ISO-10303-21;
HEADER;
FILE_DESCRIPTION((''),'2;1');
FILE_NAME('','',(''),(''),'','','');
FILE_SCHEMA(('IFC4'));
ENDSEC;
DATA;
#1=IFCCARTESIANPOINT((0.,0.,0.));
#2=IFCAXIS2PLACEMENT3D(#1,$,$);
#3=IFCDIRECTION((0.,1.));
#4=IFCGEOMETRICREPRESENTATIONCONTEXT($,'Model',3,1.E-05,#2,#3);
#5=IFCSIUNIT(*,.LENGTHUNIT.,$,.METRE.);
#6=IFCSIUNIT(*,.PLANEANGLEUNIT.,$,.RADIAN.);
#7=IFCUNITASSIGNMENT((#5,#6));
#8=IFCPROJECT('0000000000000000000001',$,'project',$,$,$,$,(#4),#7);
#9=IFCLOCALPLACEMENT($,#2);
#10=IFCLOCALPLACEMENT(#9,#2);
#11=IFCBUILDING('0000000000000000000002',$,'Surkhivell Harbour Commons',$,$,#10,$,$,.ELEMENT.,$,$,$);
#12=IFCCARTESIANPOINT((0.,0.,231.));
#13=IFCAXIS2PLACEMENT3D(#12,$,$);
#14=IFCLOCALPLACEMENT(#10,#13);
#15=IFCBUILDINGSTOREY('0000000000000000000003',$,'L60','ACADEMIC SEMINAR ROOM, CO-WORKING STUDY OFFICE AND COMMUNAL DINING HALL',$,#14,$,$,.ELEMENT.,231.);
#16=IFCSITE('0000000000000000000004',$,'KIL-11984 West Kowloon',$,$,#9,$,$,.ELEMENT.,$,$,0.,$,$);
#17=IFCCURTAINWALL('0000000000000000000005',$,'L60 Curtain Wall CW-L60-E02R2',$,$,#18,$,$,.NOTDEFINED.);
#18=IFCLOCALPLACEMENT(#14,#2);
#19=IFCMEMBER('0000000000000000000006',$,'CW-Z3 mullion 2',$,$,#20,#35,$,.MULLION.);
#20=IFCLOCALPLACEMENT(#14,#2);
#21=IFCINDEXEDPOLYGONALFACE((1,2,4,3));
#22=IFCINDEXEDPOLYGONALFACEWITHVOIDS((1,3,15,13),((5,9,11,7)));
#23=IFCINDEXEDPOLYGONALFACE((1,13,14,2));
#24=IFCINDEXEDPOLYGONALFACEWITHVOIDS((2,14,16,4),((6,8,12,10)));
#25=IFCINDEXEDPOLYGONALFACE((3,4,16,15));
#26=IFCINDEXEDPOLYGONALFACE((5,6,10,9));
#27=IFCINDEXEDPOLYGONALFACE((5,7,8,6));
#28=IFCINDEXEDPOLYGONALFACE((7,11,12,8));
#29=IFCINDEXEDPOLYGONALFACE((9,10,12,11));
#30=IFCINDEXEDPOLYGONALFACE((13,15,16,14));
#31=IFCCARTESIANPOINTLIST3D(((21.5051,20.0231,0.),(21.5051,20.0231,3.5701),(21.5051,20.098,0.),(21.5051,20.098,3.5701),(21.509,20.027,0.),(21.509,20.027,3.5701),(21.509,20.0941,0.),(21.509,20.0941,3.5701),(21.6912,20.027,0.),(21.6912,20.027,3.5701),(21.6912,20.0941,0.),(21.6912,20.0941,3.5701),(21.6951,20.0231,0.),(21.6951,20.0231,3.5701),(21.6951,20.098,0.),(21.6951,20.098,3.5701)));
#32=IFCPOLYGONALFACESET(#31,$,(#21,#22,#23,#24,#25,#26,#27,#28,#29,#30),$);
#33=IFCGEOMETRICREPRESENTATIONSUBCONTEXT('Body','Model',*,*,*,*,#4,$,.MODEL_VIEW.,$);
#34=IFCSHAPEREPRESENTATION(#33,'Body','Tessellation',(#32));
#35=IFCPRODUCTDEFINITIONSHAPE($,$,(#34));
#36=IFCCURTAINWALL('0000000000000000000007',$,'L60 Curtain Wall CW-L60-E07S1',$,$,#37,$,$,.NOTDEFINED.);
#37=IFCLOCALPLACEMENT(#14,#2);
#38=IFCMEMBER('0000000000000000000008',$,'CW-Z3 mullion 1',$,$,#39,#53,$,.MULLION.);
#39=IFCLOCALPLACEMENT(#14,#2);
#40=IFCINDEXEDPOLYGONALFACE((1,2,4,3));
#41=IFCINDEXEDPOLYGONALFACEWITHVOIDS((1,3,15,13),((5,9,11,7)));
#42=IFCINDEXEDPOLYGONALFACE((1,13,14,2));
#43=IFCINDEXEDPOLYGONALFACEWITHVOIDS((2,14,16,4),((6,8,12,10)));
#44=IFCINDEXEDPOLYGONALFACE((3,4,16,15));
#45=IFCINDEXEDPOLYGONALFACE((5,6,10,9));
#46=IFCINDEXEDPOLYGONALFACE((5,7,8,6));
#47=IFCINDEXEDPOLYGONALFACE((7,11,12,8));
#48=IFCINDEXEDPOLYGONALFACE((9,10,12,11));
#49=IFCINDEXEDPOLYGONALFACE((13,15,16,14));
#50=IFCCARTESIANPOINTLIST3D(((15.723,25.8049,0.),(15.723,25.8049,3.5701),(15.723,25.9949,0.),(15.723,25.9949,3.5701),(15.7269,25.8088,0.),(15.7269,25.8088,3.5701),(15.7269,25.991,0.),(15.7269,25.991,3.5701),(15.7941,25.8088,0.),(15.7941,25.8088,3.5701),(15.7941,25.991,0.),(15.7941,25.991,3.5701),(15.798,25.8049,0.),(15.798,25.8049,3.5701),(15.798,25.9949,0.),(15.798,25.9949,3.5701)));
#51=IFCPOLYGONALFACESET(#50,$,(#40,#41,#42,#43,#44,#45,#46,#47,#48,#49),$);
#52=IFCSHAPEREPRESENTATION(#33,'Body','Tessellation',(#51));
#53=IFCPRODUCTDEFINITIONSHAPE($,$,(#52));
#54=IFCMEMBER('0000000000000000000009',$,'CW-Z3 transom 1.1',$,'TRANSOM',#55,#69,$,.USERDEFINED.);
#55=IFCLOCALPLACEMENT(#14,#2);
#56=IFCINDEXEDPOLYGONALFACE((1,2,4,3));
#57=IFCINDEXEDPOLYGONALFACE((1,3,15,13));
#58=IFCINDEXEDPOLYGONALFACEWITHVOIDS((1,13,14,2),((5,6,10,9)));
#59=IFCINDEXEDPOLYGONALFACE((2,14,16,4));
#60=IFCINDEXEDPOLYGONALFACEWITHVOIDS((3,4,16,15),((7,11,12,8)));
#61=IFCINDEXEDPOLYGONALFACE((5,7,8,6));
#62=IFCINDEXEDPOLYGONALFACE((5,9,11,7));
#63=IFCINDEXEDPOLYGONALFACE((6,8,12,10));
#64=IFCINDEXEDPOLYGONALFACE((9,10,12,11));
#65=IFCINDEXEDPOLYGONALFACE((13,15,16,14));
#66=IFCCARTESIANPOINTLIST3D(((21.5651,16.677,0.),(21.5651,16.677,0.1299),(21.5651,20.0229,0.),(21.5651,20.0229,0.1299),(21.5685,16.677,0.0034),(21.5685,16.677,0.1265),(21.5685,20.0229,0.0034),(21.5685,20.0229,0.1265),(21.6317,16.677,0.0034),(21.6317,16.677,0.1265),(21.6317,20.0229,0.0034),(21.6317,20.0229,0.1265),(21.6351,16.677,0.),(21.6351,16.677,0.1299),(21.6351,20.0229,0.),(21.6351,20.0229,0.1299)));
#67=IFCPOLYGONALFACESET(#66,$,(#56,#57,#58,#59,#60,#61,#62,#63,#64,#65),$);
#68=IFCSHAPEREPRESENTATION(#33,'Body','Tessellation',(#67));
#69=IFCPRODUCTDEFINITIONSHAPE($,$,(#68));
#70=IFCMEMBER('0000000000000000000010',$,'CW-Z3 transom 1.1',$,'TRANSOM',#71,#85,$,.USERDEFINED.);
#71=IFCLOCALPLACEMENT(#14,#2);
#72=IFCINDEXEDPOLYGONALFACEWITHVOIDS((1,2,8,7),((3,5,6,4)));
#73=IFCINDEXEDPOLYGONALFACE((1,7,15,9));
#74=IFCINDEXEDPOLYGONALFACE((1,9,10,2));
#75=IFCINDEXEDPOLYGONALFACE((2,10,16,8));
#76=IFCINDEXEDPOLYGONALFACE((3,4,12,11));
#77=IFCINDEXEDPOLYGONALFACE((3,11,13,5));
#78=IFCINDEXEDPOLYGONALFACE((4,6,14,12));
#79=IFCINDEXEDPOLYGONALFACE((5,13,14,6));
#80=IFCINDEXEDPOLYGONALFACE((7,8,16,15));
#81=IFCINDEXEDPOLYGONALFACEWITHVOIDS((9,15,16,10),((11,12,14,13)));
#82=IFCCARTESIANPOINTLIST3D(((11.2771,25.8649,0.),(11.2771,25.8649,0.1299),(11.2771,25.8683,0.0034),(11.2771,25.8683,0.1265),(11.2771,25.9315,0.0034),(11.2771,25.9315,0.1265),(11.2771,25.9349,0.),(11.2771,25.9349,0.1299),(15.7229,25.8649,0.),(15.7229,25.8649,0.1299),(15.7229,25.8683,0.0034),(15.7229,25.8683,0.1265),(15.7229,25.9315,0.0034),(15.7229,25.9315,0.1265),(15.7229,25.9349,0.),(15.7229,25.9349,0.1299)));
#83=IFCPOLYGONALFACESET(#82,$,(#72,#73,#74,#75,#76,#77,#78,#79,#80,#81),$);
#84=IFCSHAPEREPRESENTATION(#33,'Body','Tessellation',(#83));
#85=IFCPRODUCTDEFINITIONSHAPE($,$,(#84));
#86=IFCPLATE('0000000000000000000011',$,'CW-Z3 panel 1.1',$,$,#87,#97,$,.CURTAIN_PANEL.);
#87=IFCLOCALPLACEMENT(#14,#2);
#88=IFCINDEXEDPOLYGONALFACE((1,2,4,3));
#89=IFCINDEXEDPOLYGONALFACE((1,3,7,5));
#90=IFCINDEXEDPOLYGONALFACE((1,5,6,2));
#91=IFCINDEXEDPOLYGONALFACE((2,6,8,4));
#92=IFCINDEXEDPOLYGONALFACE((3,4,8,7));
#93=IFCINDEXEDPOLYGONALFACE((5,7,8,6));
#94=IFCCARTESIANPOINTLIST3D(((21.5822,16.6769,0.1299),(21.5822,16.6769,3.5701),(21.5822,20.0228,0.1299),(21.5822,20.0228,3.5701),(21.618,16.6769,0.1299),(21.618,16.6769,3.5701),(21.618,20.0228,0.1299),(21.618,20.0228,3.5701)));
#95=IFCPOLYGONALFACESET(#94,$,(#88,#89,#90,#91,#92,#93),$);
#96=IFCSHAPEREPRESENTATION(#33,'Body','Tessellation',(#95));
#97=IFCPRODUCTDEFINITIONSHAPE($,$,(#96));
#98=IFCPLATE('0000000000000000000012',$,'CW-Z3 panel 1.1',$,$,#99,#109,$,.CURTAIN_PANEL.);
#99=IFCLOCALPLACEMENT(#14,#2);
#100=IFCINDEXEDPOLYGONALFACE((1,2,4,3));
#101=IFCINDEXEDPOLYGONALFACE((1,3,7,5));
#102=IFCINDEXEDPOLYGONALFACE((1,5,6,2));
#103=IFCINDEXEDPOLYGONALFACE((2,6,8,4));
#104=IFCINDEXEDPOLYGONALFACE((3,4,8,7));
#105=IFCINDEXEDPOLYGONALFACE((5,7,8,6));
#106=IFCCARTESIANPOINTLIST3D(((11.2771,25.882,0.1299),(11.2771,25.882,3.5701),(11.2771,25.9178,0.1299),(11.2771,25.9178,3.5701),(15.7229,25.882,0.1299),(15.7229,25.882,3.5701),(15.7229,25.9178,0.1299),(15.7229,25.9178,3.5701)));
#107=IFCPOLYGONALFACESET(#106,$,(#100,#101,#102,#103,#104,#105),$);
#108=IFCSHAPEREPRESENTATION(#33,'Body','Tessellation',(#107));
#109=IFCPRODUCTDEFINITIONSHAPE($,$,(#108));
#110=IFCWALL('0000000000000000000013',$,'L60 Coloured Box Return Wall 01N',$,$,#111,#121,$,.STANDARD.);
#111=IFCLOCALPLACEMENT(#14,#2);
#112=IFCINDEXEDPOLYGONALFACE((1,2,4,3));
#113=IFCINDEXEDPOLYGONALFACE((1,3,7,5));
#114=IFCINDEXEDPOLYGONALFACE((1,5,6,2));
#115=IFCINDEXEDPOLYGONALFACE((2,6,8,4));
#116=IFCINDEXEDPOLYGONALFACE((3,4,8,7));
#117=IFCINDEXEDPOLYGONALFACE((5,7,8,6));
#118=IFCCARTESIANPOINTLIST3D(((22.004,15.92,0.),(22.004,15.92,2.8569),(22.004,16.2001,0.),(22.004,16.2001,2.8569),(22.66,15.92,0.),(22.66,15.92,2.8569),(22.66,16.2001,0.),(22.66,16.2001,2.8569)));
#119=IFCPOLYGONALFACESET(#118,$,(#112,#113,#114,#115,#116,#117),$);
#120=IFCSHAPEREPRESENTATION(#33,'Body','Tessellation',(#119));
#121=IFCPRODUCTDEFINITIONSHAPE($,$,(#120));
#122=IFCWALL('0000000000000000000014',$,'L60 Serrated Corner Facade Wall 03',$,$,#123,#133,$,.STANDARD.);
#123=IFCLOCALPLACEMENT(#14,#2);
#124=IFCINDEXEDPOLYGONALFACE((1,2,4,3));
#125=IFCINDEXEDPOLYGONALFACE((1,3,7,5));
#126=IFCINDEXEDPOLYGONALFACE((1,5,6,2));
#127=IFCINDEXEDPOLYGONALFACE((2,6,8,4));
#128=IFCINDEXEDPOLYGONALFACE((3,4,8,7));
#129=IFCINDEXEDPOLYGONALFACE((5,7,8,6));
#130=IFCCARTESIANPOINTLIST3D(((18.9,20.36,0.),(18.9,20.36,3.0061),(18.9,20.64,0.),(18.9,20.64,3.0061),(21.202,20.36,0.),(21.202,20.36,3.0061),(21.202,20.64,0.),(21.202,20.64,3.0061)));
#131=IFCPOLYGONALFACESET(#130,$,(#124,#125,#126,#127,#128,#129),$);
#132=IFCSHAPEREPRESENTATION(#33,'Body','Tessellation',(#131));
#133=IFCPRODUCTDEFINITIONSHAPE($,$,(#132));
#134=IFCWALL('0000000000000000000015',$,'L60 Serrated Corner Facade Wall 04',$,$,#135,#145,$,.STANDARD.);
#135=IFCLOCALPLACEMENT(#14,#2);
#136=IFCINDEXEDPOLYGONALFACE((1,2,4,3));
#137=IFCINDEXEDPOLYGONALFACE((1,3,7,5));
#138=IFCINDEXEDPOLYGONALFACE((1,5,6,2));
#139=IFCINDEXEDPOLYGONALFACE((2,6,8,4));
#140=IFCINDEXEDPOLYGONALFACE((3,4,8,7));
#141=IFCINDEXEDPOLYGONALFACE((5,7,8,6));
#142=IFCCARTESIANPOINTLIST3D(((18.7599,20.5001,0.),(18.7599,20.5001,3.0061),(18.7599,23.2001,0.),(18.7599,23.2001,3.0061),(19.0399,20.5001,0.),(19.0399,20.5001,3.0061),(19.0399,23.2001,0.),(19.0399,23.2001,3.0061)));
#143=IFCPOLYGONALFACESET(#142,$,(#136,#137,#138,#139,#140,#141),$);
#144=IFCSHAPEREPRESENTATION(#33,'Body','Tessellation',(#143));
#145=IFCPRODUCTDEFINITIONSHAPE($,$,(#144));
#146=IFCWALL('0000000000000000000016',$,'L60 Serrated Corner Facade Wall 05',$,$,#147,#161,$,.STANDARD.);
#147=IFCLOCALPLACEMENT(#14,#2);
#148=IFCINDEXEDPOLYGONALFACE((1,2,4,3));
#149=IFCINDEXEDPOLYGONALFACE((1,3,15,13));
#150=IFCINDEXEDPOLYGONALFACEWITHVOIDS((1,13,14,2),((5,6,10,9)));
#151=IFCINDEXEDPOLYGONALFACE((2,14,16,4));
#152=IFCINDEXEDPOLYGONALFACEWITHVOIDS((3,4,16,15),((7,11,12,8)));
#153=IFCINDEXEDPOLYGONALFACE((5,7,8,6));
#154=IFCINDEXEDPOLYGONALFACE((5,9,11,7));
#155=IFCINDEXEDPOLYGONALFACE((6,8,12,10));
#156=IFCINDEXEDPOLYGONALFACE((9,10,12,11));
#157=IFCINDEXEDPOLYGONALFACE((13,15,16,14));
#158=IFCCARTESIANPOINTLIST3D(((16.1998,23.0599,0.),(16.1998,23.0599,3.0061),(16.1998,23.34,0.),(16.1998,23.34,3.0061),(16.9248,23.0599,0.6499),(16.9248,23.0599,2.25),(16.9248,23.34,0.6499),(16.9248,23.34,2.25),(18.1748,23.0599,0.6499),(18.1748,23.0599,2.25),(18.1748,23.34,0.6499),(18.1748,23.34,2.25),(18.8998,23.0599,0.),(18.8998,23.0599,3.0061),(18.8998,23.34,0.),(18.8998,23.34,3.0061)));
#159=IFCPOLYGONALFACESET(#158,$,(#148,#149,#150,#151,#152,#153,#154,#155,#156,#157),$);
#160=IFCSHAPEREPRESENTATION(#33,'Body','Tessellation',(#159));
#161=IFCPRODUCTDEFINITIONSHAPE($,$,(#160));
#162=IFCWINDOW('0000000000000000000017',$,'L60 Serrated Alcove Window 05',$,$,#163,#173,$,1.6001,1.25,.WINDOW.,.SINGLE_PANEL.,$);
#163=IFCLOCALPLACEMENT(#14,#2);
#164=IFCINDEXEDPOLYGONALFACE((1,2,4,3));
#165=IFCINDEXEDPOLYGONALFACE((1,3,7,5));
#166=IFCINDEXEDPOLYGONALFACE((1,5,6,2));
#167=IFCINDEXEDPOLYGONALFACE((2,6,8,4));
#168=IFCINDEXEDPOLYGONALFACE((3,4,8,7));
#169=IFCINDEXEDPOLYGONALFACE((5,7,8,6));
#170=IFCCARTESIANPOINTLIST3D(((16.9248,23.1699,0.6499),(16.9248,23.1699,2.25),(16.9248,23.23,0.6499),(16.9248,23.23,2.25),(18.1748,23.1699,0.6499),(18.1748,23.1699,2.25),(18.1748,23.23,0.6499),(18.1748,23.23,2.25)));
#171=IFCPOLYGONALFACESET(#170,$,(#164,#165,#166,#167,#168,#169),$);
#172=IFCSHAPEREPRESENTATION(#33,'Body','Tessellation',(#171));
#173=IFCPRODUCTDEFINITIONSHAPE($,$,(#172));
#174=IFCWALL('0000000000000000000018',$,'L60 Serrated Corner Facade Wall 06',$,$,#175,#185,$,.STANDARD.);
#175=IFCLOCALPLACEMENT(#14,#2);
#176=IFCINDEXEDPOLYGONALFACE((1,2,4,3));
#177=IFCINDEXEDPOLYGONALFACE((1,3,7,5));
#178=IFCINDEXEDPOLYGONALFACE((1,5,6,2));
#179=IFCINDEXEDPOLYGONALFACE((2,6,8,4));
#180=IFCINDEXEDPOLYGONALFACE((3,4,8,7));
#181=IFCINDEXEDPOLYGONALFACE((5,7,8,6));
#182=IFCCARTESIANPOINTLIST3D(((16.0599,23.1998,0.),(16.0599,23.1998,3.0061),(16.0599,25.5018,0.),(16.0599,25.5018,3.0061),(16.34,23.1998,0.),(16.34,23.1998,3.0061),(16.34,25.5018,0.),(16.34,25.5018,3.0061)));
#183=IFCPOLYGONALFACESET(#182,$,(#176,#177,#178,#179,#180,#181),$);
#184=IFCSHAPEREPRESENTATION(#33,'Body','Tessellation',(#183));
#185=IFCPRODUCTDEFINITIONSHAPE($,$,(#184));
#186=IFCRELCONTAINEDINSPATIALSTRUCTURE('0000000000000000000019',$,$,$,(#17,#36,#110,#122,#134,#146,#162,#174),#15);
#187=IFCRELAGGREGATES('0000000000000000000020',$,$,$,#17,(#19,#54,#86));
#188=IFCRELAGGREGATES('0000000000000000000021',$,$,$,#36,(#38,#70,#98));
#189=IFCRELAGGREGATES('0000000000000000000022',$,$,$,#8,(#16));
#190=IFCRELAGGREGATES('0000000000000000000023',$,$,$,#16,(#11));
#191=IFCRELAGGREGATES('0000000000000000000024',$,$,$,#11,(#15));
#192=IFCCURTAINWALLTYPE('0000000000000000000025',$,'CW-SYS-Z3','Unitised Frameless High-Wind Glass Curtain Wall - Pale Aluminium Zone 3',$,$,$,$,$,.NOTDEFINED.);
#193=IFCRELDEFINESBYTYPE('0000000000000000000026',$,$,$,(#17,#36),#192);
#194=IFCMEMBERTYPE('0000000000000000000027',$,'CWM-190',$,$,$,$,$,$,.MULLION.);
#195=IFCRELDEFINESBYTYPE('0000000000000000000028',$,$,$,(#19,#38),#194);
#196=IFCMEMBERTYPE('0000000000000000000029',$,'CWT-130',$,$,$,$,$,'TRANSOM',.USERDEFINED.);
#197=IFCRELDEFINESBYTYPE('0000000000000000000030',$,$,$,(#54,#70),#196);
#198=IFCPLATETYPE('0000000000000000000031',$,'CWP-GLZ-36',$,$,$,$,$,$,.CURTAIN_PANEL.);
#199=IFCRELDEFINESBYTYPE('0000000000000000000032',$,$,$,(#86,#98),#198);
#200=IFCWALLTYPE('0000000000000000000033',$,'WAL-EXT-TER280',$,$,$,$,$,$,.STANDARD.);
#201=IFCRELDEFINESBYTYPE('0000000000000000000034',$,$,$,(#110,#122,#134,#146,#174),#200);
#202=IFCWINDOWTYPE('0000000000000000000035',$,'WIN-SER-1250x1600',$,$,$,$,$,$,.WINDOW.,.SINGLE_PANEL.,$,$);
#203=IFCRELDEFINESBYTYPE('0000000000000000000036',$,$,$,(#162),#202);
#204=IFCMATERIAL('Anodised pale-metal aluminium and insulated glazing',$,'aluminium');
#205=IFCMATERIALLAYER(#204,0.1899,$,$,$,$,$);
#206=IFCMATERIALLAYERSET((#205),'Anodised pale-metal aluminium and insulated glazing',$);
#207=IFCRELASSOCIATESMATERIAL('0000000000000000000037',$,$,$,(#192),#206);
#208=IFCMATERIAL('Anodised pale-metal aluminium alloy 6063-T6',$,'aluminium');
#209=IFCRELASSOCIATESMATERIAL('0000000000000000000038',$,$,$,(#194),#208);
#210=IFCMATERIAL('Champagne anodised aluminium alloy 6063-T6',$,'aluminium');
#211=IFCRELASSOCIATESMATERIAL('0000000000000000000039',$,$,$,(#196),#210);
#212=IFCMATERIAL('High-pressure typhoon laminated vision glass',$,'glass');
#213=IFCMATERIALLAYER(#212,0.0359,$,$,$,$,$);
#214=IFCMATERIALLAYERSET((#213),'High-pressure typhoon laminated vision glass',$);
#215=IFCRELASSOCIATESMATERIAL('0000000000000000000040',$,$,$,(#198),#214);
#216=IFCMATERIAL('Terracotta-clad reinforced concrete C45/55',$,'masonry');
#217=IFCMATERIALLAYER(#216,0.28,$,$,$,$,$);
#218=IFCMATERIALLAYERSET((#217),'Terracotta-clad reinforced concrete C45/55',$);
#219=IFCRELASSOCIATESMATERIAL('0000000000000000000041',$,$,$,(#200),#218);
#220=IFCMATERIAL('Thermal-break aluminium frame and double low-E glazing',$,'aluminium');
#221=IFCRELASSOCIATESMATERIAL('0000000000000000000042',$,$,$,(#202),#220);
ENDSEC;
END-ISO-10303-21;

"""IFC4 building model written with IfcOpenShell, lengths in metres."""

from ifc_helpers import new_model, si_unit, direction, frame, frame_2d, origin, origin_2d, place, context, subcontext, project, spatial, rectangle, hollow_rectangle, extrude, material, layer, layer_set, material_profile, profile_set, type_object, element, fill, aggregate, save


model = new_model("IFC4")

# Units and contexts
model_context = context("Model", 3, precision=1e-05, world=origin(), true_north=direction((0.0, 1.0)))
body_context = subcontext(model_context, "Body", "Model", "MODEL_VIEW")
ifc_project = project(units=[si_unit("LENGTHUNIT", "METRE"), si_unit("PLANEANGLEUNIT", "RADIAN")], contexts=[model_context])

# Site, building, storey
site_placement = place(None, origin())
site = spatial("IfcSite", under=ifc_project, at=site_placement, Name="KIL-11984 West Kowloon", CompositionType="ELEMENT", RefElevation=0.0)
building_placement = place(site_placement, origin())
building = spatial("IfcBuilding", under=site, at=building_placement, Name="Surkhivell Harbour Commons", CompositionType="ELEMENT")
storey_placement = place(building_placement, frame((0.0, 0.0, 231.0)))
storey = spatial("IfcBuildingStorey", under=building, at=storey_placement, Name="L60", Description="ACADEMIC SEMINAR ROOM, CO-WORKING STUDY OFFICE AND COMMUNAL DINING HALL", CompositionType="ELEMENT", Elevation=231.0)

# Curtain wall, member
ifc_material_1 = material(Name="Anodised pale-metal aluminium and insulated glazing", Category="aluminium")
ifc_layer_1 = layer(ifc_material_1, 0.1899)
ifc_layer_set_1 = layer_set([ifc_layer_1], Name="Anodised pale-metal aluminium and insulated glazing")
curtain_wall_type = type_object("IfcCurtainWallType", Name="CW-SYS-Z3", Description="Unitised Frameless High-Wind Glass Curtain Wall - Pale Aluminium Zone 3", PredefinedType="NOTDEFINED", material=ifc_layer_set_1)
curtain_wall_1_placement = place(storey_placement, origin())
curtain_wall_1 = element("IfcCurtainWall", 1, at=curtain_wall_1_placement, inside=storey, type_object=curtain_wall_type, Name="L60 Curtain Wall CW-L60-E02R2", PredefinedType="NOTDEFINED")
ifc_material_2 = material(Name="Anodised pale-metal aluminium alloy 6063-T6", Category="aluminium")
ifc_material_profile_1 = material_profile(ifc_material_2, hollow_rectangle(XDim=0.075, YDim=0.1899, WallThickness=0.0039, at=origin_2d()), Name="ALU-MULL-75x190")
ifc_profile_set_1 = profile_set([ifc_material_profile_1], Name="Anodised pale-metal aluminium alloy 6063-T6")
member_type_1 = type_object("IfcMemberType", Name="CWM-190", PredefinedType="MULLION", material=ifc_profile_set_1)
member_1_placement = place(storey_placement, frame((21.6001, 20.0605, 0.0), z_axis=(0.0, 0.0, 1.0), x_axis=(0.0, 1.0, 0.0)))
member_1 = element("IfcMember", 2, at=member_1_placement, type_object=member_type_1, Name="CW-Z3 mullion 2", PredefinedType="MULLION", context=body_context, shape_type="SweptSolid", body=[
    extrude(hollow_rectangle(XDim=0.075, YDim=0.1899, WallThickness=0.0039, at=origin_2d()), origin(), (0.0, 0.0, 1.0), 3.5701),
])

# Curtain wall, member
curtain_wall_2_placement = place(storey_placement, origin())
curtain_wall_2 = element("IfcCurtainWall", 3, at=curtain_wall_2_placement, inside=storey, type_object=curtain_wall_type, Name="L60 Curtain Wall CW-L60-E07S1", PredefinedType="NOTDEFINED")
member_2_placement = place(storey_placement, frame((15.7605, 25.8999, 0.0), z_axis=(0.0, 0.0, 1.0), x_axis=(-1.0, 0.0, 0.0)))
member_2 = element("IfcMember", 4, at=member_2_placement, type_object=member_type_1, Name="CW-Z3 mullion 1", PredefinedType="MULLION", context=body_context, shape_type="SweptSolid", body=[
    extrude(hollow_rectangle(XDim=0.075, YDim=0.1899, WallThickness=0.0039, at=origin_2d()), origin(), (0.0, 0.0, 1.0), 3.5701),
])

# Members
ifc_material_3 = material(Name="Champagne anodised aluminium alloy 6063-T6", Category="aluminium")
ifc_material_profile_2 = material_profile(ifc_material_3, hollow_rectangle(XDim=0.0701, YDim=0.1299, WallThickness=0.0034, at=origin_2d()), Name="ALU-TRAN-70x130")
ifc_profile_set_2 = profile_set([ifc_material_profile_2], Name="Champagne anodised aluminium alloy 6063-T6")
member_type_2 = type_object("IfcMemberType", Name="CWT-130", ElementType="TRANSOM", PredefinedType="USERDEFINED", material=ifc_profile_set_2)
member_3_placement = place(storey_placement, frame((21.6001, 16.677, 0.0649), z_axis=(0.0, 1.0, 0.0), x_axis=(-1.0, 0.0, 0.0)))
member_3 = element("IfcMember", 5, at=member_3_placement, type_object=member_type_2, Name="CW-Z3 transom 1.1", ObjectType="TRANSOM", PredefinedType="USERDEFINED", context=body_context, shape_type="SweptSolid", body=[
    extrude(hollow_rectangle(XDim=0.0701, YDim=0.1299, WallThickness=0.0034, at=origin_2d()), origin(), (0.0, 0.0, 1.0), 3.3459),
])
member_4_placement = place(storey_placement, frame((15.7229, 25.8999, 0.0649), z_axis=(-1.0, 0.0, 0.0), x_axis=(0.0, -1.0, 0.0)))
member_4 = element("IfcMember", 6, at=member_4_placement, type_object=member_type_2, Name="CW-Z3 transom 1.1", ObjectType="TRANSOM", PredefinedType="USERDEFINED", context=body_context, shape_type="SweptSolid", body=[
    extrude(hollow_rectangle(XDim=0.0701, YDim=0.1299, WallThickness=0.0034, at=origin_2d()), origin(), (0.0, 0.0, 1.0), 4.4458),
])

# Plates
ifc_material_4 = material(Name="High-pressure typhoon laminated vision glass", Category="glass")
ifc_layer_2 = layer(ifc_material_4, 0.0359)
ifc_layer_set_2 = layer_set([ifc_layer_2], Name="High-pressure typhoon laminated vision glass")
plate_type = type_object("IfcPlateType", Name="CWP-GLZ-36", PredefinedType="CURTAIN_PANEL", material=ifc_layer_set_2)
plate_1_placement = place(storey_placement, frame((21.6001, 16.677, 0.1299), z_axis=(0.0, 0.0, 1.0), x_axis=(0.0, 1.0, 0.0)))
plate_1 = element("IfcPlate", 7, at=plate_1_placement, type_object=plate_type, Name="CW-Z3 panel 1.1", PredefinedType="CURTAIN_PANEL", context=body_context, shape_type="SweptSolid", body=[
    extrude(rectangle(XDim=3.3459, YDim=0.0359, at=frame_2d((1.6729, 0.0))), origin(), (0.0, 0.0, 1.0), 3.4402),
])
aggregate(curtain_wall_1, [member_1, member_3, plate_1])
plate_2_placement = place(storey_placement, frame((15.7229, 25.8999, 0.1299), z_axis=(0.0, 0.0, 1.0), x_axis=(-1.0, 0.0, 0.0)))
plate_2 = element("IfcPlate", 8, at=plate_2_placement, type_object=plate_type, Name="CW-Z3 panel 1.1", PredefinedType="CURTAIN_PANEL", context=body_context, shape_type="SweptSolid", body=[
    extrude(rectangle(XDim=4.4458, YDim=0.0359, at=frame_2d((2.2229, 0.0))), origin(), (0.0, 0.0, 1.0), 3.4402),
])
aggregate(curtain_wall_2, [member_2, member_4, plate_2])

# Walls
ifc_material_5 = material(Name="Terracotta-clad reinforced concrete C45/55", Category="masonry")
ifc_layer_3 = layer(ifc_material_5, 0.28)
ifc_layer_set_3 = layer_set([ifc_layer_3], Name="Terracotta-clad reinforced concrete C45/55")
wall_type_1 = type_object("IfcWallType", Name="WAL-EXT-TER280", PredefinedType="STANDARD", material=ifc_layer_set_3)
wall_1_placement = place(storey_placement, frame((22.0039, 16.0601, 0.0), z_axis=(0.0, 0.0, 1.0), x_axis=(1.0, 0.0, 0.0)))
element("IfcWall", 9, at=wall_1_placement, inside=storey, type_object=wall_type_1, Name="L60 Coloured Box Return Wall 01N", PredefinedType="STANDARD", context=body_context, shape_type="SweptSolid", body=[
    extrude(rectangle(XDim=0.656, YDim=0.28, at=frame_2d((0.3281, 0.0))), origin(), (0.0, 0.0, 1.0), 2.8569),
])
wall_2_placement = place(storey_placement, frame((21.2019, 20.5, 0.0), z_axis=(0.0, 0.0, 1.0), x_axis=(-1.0, 0.0, 0.0)))
element("IfcWall", 10, at=wall_2_placement, inside=storey, type_object=wall_type_1, Name="L60 Serrated Corner Facade Wall 03", PredefinedType="STANDARD", context=body_context, shape_type="SweptSolid", body=[
    extrude(rectangle(XDim=2.302, YDim=0.28, at=frame_2d((1.1509, 0.0))), origin(), (0.0, 0.0, 1.0), 3.0061),
])
wall_3_placement = place(storey_placement, frame((18.8999, 20.5, 0.0), z_axis=(0.0, 0.0, 1.0), x_axis=(0.0, 1.0, 0.0)))
element("IfcWall", 11, at=wall_3_placement, inside=storey, type_object=wall_type_1, Name="L60 Serrated Corner Facade Wall 04", PredefinedType="STANDARD", context=body_context, shape_type="SweptSolid", body=[
    extrude(rectangle(XDim=2.7, YDim=0.28, at=frame_2d((1.3501, 0.0))), origin(), (0.0, 0.0, 1.0), 3.0061),
])

# Wall, opening, window
wall_4_placement = place(storey_placement, frame((18.8999, 23.2, 0.0), z_axis=(0.0, 0.0, 1.0), x_axis=(-1.0, 0.0, 0.0)))
wall_4 = element("IfcWall", 12, at=wall_4_placement, inside=storey, type_object=wall_type_1, Name="L60 Serrated Corner Facade Wall 05", PredefinedType="STANDARD", context=body_context, shape_type="SweptSolid", body=[
    extrude(rectangle(XDim=2.7, YDim=0.28, at=frame_2d((1.3501, 0.0))), origin(), (0.0, 0.0, 1.0), 3.0061),
])
opening_placement = place(wall_4_placement, frame((0.7251, 0.0, 0.6499)))
opening = element("IfcOpeningElement", 13, at=opening_placement, cuts=wall_4, PredefinedType="OPENING", context=body_context, shape_type="SweptSolid", body=[
    extrude(rectangle(XDim=1.25, YDim=1.6001, at=frame_2d((0.625, 0.8))), frame((0.0, 0.1499, 0.0), z_axis=(0.0, -1.0, 0.0), x_axis=(1.0, 0.0, 0.0)), (0.0, 0.0, 1.0), 0.3),
])
ifc_material_6 = material(Name="Thermal-break aluminium frame and double low-E glazing", Category="aluminium")
window_type = type_object("IfcWindowType", Name="WIN-SER-1250x1600", PartitioningType="SINGLE_PANEL", PredefinedType="WINDOW", material=ifc_material_6)
window_placement = place(opening_placement, origin())
window = element("IfcWindow", 14, at=window_placement, inside=storey, type_object=window_type, Name="L60 Serrated Alcove Window 05", OverallHeight=1.6001, OverallWidth=1.25, PartitioningType="SINGLE_PANEL", PredefinedType="WINDOW", context=body_context, shape_type="SweptSolid", body=[
    extrude(rectangle(XDim=1.25, YDim=1.6001, at=frame_2d((0.625, 0.8))), frame((0.0, 0.03, 0.0), z_axis=(0.0, -1.0, 0.0), x_axis=(1.0, 0.0, 0.0)), (0.0, 0.0, 1.0), 0.0601),
])
fill(opening, window)

# Wall
wall_5_placement = place(storey_placement, frame((16.2, 23.2, 0.0), z_axis=(0.0, 0.0, 1.0), x_axis=(0.0, 1.0, 0.0)))
element("IfcWall", 15, at=wall_5_placement, inside=storey, type_object=wall_type_1, Name="L60 Serrated Corner Facade Wall 06", PredefinedType="STANDARD", context=body_context, shape_type="SweptSolid", body=[
    extrude(rectangle(XDim=2.302, YDim=0.28, at=frame_2d((1.1509, 0.0))), origin(), (0.0, 0.0, 1.0), 3.0061),
])

save(model, "model.ifc")
